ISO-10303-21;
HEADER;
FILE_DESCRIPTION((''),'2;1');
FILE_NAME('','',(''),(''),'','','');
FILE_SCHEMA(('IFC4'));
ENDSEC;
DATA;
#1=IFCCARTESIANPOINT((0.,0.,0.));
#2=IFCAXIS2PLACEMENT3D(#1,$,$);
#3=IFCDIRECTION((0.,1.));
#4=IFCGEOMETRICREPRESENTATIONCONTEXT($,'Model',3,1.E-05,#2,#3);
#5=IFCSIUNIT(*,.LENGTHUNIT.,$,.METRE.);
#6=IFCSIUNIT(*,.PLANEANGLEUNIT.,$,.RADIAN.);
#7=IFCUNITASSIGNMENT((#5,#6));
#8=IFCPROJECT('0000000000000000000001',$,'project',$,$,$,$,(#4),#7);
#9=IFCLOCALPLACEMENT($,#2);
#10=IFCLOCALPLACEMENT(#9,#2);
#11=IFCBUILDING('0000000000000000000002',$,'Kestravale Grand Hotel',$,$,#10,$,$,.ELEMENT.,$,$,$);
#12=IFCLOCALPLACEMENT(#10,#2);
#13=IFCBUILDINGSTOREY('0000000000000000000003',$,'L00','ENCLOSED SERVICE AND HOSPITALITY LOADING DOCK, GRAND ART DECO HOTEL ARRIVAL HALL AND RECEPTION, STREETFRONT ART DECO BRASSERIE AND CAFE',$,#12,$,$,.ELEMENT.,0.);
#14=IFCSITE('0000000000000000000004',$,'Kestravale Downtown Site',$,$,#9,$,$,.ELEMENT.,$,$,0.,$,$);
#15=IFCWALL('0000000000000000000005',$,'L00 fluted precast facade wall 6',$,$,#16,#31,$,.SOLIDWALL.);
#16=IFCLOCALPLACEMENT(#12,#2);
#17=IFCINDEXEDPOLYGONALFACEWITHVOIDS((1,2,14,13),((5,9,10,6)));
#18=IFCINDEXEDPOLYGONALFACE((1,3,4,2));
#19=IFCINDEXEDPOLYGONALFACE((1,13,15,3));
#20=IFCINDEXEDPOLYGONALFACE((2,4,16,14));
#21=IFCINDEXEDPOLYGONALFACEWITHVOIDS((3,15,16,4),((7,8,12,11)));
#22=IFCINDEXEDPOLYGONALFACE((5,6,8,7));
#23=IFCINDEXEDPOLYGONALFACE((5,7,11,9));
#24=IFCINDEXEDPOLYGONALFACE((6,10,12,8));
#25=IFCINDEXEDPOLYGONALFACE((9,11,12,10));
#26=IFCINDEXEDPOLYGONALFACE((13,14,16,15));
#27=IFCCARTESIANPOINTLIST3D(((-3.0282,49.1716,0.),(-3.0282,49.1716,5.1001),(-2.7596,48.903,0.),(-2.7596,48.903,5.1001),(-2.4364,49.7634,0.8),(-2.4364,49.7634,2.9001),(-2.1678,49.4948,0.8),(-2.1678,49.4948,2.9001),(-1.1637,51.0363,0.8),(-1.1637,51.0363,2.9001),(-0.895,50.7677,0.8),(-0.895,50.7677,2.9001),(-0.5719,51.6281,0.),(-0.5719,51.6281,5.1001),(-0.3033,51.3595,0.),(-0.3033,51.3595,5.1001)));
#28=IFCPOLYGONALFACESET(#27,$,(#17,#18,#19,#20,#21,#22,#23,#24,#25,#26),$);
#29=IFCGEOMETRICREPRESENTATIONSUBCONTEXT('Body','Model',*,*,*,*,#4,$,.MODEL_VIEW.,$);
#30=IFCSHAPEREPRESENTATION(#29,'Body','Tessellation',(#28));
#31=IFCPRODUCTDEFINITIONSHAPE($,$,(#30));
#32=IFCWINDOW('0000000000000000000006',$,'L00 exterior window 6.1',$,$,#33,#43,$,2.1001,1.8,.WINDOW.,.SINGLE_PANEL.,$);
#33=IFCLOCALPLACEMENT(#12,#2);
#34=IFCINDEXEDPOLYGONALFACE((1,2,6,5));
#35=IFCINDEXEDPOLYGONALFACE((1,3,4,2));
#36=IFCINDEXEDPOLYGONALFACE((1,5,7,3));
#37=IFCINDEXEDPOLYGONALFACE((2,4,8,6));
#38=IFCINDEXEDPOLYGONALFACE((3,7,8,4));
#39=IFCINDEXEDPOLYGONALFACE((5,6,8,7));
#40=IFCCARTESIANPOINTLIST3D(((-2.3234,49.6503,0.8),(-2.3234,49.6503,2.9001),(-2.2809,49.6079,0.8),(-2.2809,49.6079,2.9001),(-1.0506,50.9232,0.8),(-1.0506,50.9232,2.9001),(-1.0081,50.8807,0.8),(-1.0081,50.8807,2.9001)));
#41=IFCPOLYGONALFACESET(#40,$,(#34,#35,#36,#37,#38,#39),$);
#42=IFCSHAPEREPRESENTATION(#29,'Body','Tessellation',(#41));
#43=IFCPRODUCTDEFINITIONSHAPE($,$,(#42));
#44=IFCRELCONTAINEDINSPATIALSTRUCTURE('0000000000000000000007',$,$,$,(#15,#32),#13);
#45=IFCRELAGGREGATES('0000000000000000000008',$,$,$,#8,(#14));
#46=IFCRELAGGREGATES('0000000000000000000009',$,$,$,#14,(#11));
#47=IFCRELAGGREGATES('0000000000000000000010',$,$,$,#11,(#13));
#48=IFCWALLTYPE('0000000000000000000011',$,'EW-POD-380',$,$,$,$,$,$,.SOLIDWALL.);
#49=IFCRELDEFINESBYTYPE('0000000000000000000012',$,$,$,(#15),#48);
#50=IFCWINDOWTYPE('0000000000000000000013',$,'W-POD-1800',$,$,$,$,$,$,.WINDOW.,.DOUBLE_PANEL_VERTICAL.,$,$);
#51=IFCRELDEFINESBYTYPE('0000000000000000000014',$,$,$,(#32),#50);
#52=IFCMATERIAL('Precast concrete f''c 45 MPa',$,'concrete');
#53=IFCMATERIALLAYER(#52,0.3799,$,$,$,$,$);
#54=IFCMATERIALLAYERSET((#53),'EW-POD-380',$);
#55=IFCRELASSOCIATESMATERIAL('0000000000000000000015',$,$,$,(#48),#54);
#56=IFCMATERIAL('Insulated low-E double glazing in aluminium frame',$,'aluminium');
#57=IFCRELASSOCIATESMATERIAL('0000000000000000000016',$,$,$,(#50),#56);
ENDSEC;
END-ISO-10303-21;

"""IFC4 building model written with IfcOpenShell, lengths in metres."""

from ifc_helpers import new_model, si_unit, direction, frame, frame_2d, origin, place, context, subcontext, project, spatial, rectangle, extrude, material, layer, layer_set, type_object, element, fill, save


model = new_model("IFC4")

# Units and contexts
model_context = context("Model", 3, precision=1e-05, world=origin(), true_north=direction((0.0, 1.0)))
body_context = subcontext(model_context, "Body", "Model", "MODEL_VIEW")
ifc_project = project(units=[si_unit("LENGTHUNIT", "METRE"), si_unit("PLANEANGLEUNIT", "RADIAN")], contexts=[model_context])

# Site, building, storey
site_placement = place(None, origin())
site = spatial("IfcSite", under=ifc_project, at=site_placement, Name="Kestravale Downtown Site", CompositionType="ELEMENT", RefElevation=0.0)
building_placement = place(site_placement, origin())
building = spatial("IfcBuilding", under=site, at=building_placement, Name="Kestravale Grand Hotel", CompositionType="ELEMENT")
storey_placement = place(building_placement, origin())
storey = spatial("IfcBuildingStorey", under=building, at=storey_placement, Name="L00", Description="ENCLOSED SERVICE AND HOSPITALITY LOADING DOCK, GRAND ART DECO HOTEL ARRIVAL HALL AND RECEPTION, STREETFRONT ART DECO BRASSERIE AND CAFE", CompositionType="ELEMENT", Elevation=0.0)

# Wall, opening, window
ifc_material_1 = material(Name="Precast concrete f'c 45 MPa", Category="concrete")
ifc_layer = layer(ifc_material_1, 0.3799)
ifc_layer_set = layer_set([ifc_layer], Name="EW-POD-380")
wall_type = type_object("IfcWallType", Name="EW-POD-380", PredefinedType="SOLIDWALL", material=ifc_layer_set)
wall_placement = place(storey_placement, frame((-2.8938, 49.0374, 0.0), z_axis=(0.0, 0.0, 1.0), x_axis=(0.707072, 0.707142, 0.0)))
wall = element("IfcWall", 1, at=wall_placement, inside=storey, type_object=wall_type, Name="L00 fluted precast facade wall 6", PredefinedType="SOLIDWALL", context=body_context, shape_type="SweptSolid", body=[
    extrude(rectangle(XDim=3.4739, YDim=0.3799, at=frame_2d((1.7368, 0.0))), origin(), (0.0, 0.0, 1.0), 5.1001),
])
opening_placement = place(wall_placement, frame((0.8369, 0.0, 0.8)))
opening = element("IfcOpeningElement", 2, at=opening_placement, cuts=wall, PredefinedType="OPENING", context=body_context, shape_type="SweptSolid", body=[
    extrude(rectangle(XDim=1.8, YDim=2.1001, at=frame_2d((0.8999, 1.05))), frame((0.0, 0.2, 0.0), z_axis=(0.0, -1.0, 0.0), x_axis=(1.0, 0.0, 0.0)), (0.0, 0.0, 1.0), 0.3999),
])
ifc_material_2 = material(Name="Insulated low-E double glazing in aluminium frame", Category="aluminium")
window_type = type_object("IfcWindowType", Name="W-POD-1800", PartitioningType="DOUBLE_PANEL_VERTICAL", PredefinedType="WINDOW", material=ifc_material_2)
window_placement = place(opening_placement, origin())
window = element("IfcWindow", 3, at=window_placement, inside=storey, type_object=window_type, Name="L00 exterior window 6.1", OverallHeight=2.1001, OverallWidth=1.8, PartitioningType="SINGLE_PANEL", PredefinedType="WINDOW", context=body_context, shape_type="SweptSolid", body=[
    extrude(rectangle(XDim=1.8, YDim=2.1001, at=frame_2d((0.8999, 1.05))), frame((0.0, 0.03, 0.0), z_axis=(0.0, -1.0, 0.0), x_axis=(1.0, 0.0, 0.0)), (0.0, 0.0, 1.0), 0.0601),
])
fill(opening, window)

save(model, "model.ifc")
